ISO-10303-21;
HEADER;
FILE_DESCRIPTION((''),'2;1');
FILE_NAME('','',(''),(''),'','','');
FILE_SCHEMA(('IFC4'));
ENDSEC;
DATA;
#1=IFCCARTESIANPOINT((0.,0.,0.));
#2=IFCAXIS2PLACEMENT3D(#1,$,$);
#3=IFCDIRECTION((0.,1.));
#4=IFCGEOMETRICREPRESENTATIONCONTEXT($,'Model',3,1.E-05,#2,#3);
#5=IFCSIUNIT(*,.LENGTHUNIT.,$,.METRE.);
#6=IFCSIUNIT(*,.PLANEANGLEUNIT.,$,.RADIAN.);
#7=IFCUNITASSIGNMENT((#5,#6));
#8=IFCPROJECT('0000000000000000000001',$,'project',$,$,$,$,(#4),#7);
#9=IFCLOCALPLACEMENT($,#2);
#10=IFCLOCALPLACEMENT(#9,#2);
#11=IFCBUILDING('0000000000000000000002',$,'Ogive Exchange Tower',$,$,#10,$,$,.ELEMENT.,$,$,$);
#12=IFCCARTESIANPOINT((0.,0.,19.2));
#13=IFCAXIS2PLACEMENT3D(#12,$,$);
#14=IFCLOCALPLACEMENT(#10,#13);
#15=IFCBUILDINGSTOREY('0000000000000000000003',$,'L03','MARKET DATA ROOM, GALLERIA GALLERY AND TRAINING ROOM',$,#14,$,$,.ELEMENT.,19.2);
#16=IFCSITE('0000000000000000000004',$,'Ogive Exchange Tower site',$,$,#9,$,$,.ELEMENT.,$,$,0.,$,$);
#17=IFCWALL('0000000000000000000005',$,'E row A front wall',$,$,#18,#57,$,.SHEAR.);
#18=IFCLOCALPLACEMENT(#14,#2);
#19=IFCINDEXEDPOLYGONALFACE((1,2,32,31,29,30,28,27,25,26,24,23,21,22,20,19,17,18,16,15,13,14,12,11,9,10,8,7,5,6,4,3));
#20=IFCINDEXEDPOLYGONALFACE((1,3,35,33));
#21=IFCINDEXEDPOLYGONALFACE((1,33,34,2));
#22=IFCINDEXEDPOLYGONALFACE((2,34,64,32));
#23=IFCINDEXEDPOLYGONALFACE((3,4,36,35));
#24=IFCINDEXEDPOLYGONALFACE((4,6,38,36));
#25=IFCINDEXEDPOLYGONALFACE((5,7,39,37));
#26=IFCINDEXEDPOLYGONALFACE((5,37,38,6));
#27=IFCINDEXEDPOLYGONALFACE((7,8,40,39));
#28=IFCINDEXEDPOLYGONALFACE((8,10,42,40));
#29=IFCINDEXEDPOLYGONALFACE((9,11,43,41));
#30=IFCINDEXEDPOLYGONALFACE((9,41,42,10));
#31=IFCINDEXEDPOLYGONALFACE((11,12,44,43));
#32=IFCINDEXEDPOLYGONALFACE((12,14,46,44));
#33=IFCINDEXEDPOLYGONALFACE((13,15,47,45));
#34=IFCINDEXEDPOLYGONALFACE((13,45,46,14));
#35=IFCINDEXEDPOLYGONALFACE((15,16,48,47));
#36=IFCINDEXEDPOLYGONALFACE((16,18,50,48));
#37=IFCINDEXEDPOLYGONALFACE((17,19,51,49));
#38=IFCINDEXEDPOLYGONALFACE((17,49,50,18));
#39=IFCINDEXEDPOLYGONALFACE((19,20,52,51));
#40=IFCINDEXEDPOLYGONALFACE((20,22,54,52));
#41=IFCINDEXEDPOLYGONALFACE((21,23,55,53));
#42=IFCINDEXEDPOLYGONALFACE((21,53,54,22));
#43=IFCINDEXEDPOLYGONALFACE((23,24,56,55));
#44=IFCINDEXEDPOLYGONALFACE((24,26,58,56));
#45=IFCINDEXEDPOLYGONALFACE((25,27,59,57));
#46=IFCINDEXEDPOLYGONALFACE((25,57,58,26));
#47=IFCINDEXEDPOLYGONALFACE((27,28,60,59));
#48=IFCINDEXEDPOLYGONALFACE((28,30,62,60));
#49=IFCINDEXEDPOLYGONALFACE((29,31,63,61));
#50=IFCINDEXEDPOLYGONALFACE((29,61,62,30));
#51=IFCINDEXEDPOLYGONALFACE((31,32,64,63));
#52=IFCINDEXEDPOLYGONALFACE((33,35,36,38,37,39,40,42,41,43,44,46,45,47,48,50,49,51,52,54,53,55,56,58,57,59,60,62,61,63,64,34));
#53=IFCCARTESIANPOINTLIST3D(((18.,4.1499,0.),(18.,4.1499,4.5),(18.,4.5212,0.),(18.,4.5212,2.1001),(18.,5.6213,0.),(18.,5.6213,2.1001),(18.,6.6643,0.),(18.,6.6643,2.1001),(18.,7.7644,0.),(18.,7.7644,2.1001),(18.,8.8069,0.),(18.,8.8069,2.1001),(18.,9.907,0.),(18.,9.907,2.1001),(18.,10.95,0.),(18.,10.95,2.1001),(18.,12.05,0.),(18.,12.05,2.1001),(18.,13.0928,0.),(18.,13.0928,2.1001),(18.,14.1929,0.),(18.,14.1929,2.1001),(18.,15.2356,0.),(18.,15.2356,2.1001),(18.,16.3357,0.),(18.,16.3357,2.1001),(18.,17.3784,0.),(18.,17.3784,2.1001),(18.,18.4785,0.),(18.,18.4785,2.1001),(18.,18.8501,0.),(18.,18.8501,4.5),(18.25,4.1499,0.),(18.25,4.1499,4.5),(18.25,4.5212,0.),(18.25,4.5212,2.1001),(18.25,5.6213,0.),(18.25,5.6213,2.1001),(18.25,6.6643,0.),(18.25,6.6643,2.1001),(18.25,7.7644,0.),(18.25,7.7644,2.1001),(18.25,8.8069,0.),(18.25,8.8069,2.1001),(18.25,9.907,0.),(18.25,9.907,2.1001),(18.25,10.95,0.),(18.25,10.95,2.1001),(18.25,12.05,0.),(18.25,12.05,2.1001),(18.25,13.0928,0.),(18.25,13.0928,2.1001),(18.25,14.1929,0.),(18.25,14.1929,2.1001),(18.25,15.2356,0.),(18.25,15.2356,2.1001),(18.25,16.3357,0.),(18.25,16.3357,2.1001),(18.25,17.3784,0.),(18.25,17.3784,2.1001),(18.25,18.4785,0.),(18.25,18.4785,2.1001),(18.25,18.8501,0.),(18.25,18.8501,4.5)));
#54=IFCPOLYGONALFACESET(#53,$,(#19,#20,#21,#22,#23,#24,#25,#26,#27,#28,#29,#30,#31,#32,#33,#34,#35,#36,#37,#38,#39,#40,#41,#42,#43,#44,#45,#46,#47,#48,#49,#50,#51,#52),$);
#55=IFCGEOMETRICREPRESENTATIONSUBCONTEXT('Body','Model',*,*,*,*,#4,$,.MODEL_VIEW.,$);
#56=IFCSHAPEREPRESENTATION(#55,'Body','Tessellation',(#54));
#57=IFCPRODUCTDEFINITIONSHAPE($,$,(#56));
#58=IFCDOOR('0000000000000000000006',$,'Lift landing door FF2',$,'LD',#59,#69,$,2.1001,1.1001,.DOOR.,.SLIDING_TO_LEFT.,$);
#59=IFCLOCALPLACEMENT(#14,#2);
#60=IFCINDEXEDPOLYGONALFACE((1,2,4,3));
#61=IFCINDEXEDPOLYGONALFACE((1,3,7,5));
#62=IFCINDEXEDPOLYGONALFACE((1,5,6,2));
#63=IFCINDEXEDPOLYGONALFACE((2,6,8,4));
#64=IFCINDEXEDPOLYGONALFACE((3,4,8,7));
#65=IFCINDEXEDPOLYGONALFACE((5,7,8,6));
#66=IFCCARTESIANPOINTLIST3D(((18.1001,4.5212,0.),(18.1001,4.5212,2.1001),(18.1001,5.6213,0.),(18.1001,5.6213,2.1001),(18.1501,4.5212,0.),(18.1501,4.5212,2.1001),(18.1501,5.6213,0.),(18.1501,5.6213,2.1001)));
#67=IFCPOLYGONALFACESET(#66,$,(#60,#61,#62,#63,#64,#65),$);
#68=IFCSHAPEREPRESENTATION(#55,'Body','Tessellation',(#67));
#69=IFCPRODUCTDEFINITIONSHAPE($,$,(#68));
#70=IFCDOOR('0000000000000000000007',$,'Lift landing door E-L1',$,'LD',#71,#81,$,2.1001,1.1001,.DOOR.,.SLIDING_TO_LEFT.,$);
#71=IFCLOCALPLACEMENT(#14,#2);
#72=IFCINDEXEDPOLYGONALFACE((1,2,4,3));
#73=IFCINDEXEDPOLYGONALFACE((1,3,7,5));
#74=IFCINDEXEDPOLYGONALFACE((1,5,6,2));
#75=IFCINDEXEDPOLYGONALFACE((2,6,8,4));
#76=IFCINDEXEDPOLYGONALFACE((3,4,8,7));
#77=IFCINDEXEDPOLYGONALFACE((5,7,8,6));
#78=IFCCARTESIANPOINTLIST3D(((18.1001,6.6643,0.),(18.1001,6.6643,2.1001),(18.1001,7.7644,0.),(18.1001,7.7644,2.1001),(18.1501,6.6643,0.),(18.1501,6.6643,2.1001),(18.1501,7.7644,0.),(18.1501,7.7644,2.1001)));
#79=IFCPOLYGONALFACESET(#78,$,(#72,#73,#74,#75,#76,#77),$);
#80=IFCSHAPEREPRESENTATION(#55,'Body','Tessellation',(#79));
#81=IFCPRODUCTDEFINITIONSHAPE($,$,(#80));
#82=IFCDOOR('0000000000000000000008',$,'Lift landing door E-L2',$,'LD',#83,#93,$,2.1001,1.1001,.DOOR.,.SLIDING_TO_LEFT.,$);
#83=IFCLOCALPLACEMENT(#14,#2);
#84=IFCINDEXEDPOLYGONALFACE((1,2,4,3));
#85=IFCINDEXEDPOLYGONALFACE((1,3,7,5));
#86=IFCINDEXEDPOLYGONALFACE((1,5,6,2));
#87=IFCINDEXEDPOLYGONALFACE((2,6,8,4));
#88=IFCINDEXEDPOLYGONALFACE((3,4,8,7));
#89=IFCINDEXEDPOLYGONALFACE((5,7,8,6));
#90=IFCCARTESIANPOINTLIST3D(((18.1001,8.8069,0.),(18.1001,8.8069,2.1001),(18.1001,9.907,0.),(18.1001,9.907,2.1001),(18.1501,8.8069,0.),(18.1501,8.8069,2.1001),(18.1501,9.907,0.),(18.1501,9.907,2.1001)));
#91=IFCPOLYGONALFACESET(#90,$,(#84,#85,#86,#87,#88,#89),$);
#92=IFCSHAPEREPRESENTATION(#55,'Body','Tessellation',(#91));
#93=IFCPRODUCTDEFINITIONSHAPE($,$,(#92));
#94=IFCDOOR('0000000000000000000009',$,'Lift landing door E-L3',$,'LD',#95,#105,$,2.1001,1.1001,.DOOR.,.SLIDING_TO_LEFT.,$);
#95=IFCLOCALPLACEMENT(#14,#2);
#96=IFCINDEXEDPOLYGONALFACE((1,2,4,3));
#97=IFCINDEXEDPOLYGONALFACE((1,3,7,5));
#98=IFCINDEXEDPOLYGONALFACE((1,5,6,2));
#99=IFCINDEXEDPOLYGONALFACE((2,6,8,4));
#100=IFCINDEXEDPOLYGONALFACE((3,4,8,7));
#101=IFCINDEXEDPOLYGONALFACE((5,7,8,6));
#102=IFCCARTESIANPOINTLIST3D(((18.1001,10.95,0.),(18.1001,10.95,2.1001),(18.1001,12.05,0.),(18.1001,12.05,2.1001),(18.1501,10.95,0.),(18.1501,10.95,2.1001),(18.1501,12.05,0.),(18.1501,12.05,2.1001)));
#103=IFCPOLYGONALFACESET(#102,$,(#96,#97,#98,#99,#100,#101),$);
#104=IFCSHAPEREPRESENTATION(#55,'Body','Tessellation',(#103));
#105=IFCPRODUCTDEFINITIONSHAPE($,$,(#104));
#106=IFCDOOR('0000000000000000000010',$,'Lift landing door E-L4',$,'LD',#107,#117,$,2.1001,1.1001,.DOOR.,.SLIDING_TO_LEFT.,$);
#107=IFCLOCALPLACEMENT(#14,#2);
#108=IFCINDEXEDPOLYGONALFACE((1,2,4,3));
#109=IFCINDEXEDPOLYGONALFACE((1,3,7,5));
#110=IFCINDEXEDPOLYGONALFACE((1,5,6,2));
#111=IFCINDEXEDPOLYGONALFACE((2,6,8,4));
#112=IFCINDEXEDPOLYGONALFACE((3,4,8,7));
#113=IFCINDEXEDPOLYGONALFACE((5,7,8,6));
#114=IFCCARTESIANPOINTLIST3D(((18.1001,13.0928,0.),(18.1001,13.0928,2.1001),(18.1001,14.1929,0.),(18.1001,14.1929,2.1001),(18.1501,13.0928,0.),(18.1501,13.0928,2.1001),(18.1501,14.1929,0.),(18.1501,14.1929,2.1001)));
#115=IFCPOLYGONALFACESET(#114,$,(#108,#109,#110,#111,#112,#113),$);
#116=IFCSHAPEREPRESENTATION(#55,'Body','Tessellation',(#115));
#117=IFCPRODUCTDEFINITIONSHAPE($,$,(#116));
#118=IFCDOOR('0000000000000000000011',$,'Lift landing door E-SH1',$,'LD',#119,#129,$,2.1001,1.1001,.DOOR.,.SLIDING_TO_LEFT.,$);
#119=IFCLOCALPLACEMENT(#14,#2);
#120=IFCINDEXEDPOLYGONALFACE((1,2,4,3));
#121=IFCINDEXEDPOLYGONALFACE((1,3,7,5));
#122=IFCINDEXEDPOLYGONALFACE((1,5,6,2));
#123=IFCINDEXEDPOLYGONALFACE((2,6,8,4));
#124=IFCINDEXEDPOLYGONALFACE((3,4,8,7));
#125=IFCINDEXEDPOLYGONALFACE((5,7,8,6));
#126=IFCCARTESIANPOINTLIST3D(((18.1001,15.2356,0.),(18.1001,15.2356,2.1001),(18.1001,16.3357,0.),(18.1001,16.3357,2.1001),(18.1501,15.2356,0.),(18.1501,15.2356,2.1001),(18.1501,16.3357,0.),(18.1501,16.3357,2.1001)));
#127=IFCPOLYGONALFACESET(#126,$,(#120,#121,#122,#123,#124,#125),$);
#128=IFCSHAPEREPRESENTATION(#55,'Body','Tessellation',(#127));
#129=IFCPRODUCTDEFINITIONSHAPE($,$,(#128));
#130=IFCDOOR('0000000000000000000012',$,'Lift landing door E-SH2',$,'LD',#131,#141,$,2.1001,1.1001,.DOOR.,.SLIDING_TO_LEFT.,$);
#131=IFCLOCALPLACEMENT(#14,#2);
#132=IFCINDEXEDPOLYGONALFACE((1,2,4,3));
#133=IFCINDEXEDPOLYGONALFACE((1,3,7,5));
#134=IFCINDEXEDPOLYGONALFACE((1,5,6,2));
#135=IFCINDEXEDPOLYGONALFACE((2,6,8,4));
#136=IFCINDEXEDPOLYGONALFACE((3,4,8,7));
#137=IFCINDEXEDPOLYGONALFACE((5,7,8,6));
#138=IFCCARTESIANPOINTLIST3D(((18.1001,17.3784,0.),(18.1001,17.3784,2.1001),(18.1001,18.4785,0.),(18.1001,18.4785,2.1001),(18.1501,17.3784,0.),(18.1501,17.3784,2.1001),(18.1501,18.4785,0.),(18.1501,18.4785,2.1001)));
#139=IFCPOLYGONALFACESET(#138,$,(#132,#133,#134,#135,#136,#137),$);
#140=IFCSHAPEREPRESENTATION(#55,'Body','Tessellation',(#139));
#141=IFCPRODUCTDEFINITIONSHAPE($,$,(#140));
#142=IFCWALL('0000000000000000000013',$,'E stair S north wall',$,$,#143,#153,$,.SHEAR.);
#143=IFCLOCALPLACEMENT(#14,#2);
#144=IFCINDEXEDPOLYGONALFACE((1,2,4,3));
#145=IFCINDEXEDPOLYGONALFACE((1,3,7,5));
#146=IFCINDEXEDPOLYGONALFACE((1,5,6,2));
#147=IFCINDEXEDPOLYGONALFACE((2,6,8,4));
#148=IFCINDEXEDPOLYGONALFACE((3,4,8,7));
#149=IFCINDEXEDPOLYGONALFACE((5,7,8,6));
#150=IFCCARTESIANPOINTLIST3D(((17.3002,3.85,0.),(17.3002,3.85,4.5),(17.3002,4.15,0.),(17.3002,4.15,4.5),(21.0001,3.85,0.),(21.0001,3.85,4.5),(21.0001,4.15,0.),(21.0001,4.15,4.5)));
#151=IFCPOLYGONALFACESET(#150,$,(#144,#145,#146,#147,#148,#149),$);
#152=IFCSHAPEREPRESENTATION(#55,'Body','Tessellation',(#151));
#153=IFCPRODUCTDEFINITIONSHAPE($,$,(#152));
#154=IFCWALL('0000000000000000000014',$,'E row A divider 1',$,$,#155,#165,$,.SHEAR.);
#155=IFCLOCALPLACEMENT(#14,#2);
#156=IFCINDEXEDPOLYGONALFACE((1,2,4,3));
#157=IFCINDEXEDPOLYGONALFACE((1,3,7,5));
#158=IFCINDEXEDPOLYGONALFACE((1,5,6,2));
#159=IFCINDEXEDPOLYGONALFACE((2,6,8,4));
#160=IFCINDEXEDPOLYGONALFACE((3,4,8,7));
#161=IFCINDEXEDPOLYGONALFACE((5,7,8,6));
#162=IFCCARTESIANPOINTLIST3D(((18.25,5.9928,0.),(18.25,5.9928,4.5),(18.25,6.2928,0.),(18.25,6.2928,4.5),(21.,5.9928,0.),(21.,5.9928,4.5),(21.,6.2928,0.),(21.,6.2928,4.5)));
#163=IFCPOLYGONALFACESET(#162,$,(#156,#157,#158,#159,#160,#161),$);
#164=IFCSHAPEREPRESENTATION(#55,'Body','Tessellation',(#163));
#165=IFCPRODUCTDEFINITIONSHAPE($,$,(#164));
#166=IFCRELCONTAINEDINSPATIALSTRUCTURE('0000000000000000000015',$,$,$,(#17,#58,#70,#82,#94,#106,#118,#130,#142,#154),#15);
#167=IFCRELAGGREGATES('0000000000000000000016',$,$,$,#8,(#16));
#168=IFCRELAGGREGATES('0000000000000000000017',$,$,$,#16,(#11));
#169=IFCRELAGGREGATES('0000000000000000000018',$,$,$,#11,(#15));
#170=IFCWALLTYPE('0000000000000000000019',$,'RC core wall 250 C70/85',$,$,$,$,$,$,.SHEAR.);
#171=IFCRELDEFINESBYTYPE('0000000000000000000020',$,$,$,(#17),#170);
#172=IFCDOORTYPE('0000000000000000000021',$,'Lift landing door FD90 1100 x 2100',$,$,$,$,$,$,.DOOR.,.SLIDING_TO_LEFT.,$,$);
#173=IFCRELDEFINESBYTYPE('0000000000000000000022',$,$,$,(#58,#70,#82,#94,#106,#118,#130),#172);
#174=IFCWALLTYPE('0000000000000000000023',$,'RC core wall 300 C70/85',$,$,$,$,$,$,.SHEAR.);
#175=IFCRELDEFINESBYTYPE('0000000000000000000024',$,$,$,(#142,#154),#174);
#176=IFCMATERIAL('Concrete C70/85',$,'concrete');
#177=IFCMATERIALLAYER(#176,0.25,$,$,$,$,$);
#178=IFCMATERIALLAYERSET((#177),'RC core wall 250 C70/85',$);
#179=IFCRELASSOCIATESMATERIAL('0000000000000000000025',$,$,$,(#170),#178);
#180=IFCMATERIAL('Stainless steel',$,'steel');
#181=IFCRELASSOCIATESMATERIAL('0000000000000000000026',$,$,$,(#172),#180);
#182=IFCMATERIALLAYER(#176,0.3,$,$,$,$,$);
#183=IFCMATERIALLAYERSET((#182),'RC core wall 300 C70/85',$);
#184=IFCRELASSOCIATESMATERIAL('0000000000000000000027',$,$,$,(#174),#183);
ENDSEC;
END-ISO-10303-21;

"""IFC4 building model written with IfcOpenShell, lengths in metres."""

from ifc_helpers import new_model, si_unit, direction, frame, frame_2d, origin, place, context, subcontext, project, spatial, rectangle, extrude, material, layer, layer_set, type_object, element, fill, save


model = new_model("IFC4")

# Units and contexts
model_context = context("Model", 3, precision=1e-05, world=origin(), true_north=direction((0.0, 1.0)))
body_context = subcontext(model_context, "Body", "Model", "MODEL_VIEW")
ifc_project = project(units=[si_unit("LENGTHUNIT", "METRE"), si_unit("PLANEANGLEUNIT", "RADIAN")], contexts=[model_context])

# Site, building, storey
site_placement = place(None, origin())
site = spatial("IfcSite", under=ifc_project, at=site_placement, Name="Ogive Exchange Tower site", CompositionType="ELEMENT", RefElevation=0.0)
building_placement = place(site_placement, origin())
building = spatial("IfcBuilding", under=site, at=building_placement, Name="Ogive Exchange Tower", CompositionType="ELEMENT")
storey_placement = place(building_placement, frame((0.0, 0.0, 19.2)))
storey = spatial("IfcBuildingStorey", under=building, at=storey_placement, Name="L03", Description="MARKET DATA ROOM, GALLERIA GALLERY AND TRAINING ROOM", CompositionType="ELEMENT", Elevation=19.2)

# Shared definitions
ifc_material_1 = material(Name="Concrete C70/85", Category="concrete")

# Wall, openings, doors
ifc_layer_1 = layer(ifc_material_1, 0.25)
ifc_layer_set_1 = layer_set([ifc_layer_1], Name="RC core wall 250 C70/85")
wall_type_1 = type_object("IfcWallType", Name="RC core wall 250 C70/85", PredefinedType="SHEAR", material=ifc_layer_set_1)
wall_1_placement = place(storey_placement, frame((18.125, 4.1499, 0.0), z_axis=(0.0, 0.0, 1.0), x_axis=(0.0, 1.0, 0.0)))
wall_1 = element("IfcWall", 1, at=wall_1_placement, inside=storey, type_object=wall_type_1, Name="E row A front wall", PredefinedType="SHEAR", context=body_context, shape_type="SweptSolid", body=[
    extrude(rectangle(XDim=14.7002, YDim=0.25, at=frame_2d((7.3501, 0.0))), origin(), (0.0, 0.0, 1.0), 4.5),
])
opening_1_placement = place(wall_1_placement, frame((0.3713, 0.0, 0.0)))
opening_1 = element("IfcOpeningElement", 2, at=opening_1_placement, cuts=wall_1, PredefinedType="OPENING", context=body_context, shape_type="SweptSolid", body=[
    extrude(rectangle(XDim=1.1001, YDim=2.1001, at=frame_2d((0.55, 1.05))), frame((0.0, 0.135, 0.0), z_axis=(0.0, -1.0, 0.0), x_axis=(1.0, 0.0, 0.0)), (0.0, 0.0, 1.0), 0.27),
])
opening_2_placement = place(wall_1_placement, frame((2.5144, 0.0, 0.0)))
opening_2 = element("IfcOpeningElement", 3, at=opening_2_placement, cuts=wall_1, PredefinedType="OPENING", context=body_context, shape_type="SweptSolid", body=[
    extrude(rectangle(XDim=1.1001, YDim=2.1001, at=frame_2d((0.55, 1.05))), frame((0.0, 0.135, 0.0), z_axis=(0.0, -1.0, 0.0), x_axis=(1.0, 0.0, 0.0)), (0.0, 0.0, 1.0), 0.27),
])
opening_3_placement = place(wall_1_placement, frame((4.657, 0.0, 0.0)))
opening_3 = element("IfcOpeningElement", 4, at=opening_3_placement, cuts=wall_1, PredefinedType="OPENING", context=body_context, shape_type="SweptSolid", body=[
    extrude(rectangle(XDim=1.1001, YDim=2.1001, at=frame_2d((0.55, 1.05))), frame((0.0, 0.135, 0.0), z_axis=(0.0, -1.0, 0.0), x_axis=(1.0, 0.0, 0.0)), (0.0, 0.0, 1.0), 0.27),
])
opening_4_placement = place(wall_1_placement, frame((6.8, 0.0, 0.0)))
opening_4 = element("IfcOpeningElement", 5, at=opening_4_placement, cuts=wall_1, PredefinedType="OPENING", context=body_context, shape_type="SweptSolid", body=[
    extrude(rectangle(XDim=1.1001, YDim=2.1001, at=frame_2d((0.55, 1.05))), frame((0.0, 0.135, 0.0), z_axis=(0.0, -1.0, 0.0), x_axis=(1.0, 0.0, 0.0)), (0.0, 0.0, 1.0), 0.27),
])
opening_5_placement = place(wall_1_placement, frame((8.9429, 0.0, 0.0)))
opening_5 = element("IfcOpeningElement", 6, at=opening_5_placement, cuts=wall_1, PredefinedType="OPENING", context=body_context, shape_type="SweptSolid", body=[
    extrude(rectangle(XDim=1.1001, YDim=2.1001, at=frame_2d((0.55, 1.05))), frame((0.0, 0.135, 0.0), z_axis=(0.0, -1.0, 0.0), x_axis=(1.0, 0.0, 0.0)), (0.0, 0.0, 1.0), 0.27),
])
opening_6_placement = place(wall_1_placement, frame((11.0857, 0.0, 0.0)))
opening_6 = element("IfcOpeningElement", 7, at=opening_6_placement, cuts=wall_1, PredefinedType="OPENING", context=body_context, shape_type="SweptSolid", body=[
    extrude(rectangle(XDim=1.1001, YDim=2.1001, at=frame_2d((0.55, 1.05))), frame((0.0, 0.135, 0.0), z_axis=(0.0, -1.0, 0.0), x_axis=(1.0, 0.0, 0.0)), (0.0, 0.0, 1.0), 0.27),
])
opening_7_placement = place(wall_1_placement, frame((13.2285, 0.0, 0.0)))
opening_7 = element("IfcOpeningElement", 8, at=opening_7_placement, cuts=wall_1, PredefinedType="OPENING", context=body_context, shape_type="SweptSolid", body=[
    extrude(rectangle(XDim=1.1001, YDim=2.1001, at=frame_2d((0.55, 1.05))), frame((0.0, 0.135, 0.0), z_axis=(0.0, -1.0, 0.0), x_axis=(1.0, 0.0, 0.0)), (0.0, 0.0, 1.0), 0.27),
])
ifc_material_2 = material(Name="Stainless steel", Category="steel")
door_type_1 = type_object("IfcDoorType", Name="Lift landing door FD90 1100 x 2100", OperationType="SLIDING_TO_LEFT", PredefinedType="DOOR", material=ifc_material_2)
door_1_placement = place(opening_1_placement, origin())
door_1 = element("IfcDoor", 9, at=door_1_placement, inside=storey, type_object=door_type_1, Name="Lift landing door FF2", ObjectType="LD", OperationType="SLIDING_TO_LEFT", OverallHeight=2.1001, OverallWidth=1.1001, PredefinedType="DOOR", context=body_context, shape_type="SweptSolid", body=[
    extrude(rectangle(XDim=1.1001, YDim=2.1001, at=frame_2d((0.55, 1.05))), frame((0.0, 0.0249, 0.0), z_axis=(0.0, -1.0, 0.0), x_axis=(1.0, 0.0, 0.0)), (0.0, 0.0, 1.0), 0.05),
])
fill(opening_1, door_1)
door_2_placement = place(opening_2_placement, origin())
door_2 = element("IfcDoor", 10, at=door_2_placement, inside=storey, type_object=door_type_1, Name="Lift landing door E-L1", ObjectType="LD", OperationType="SLIDING_TO_LEFT", OverallHeight=2.1001, OverallWidth=1.1001, PredefinedType="DOOR", context=body_context, shape_type="SweptSolid", body=[
    extrude(rectangle(XDim=1.1001, YDim=2.1001, at=frame_2d((0.55, 1.05))), frame((0.0, 0.0249, 0.0), z_axis=(0.0, -1.0, 0.0), x_axis=(1.0, 0.0, 0.0)), (0.0, 0.0, 1.0), 0.05),
])
fill(opening_2, door_2)
door_3_placement = place(opening_3_placement, origin())
door_3 = element("IfcDoor", 11, at=door_3_placement, inside=storey, type_object=door_type_1, Name="Lift landing door E-L2", ObjectType="LD", OperationType="SLIDING_TO_LEFT", OverallHeight=2.1001, OverallWidth=1.1001, PredefinedType="DOOR", context=body_context, shape_type="SweptSolid", body=[
    extrude(rectangle(XDim=1.1001, YDim=2.1001, at=frame_2d((0.55, 1.05))), frame((0.0, 0.0249, 0.0), z_axis=(0.0, -1.0, 0.0), x_axis=(1.0, 0.0, 0.0)), (0.0, 0.0, 1.0), 0.05),
])
fill(opening_3, door_3)
door_4_placement = place(opening_4_placement, origin())
door_4 = element("IfcDoor", 12, at=door_4_placement, inside=storey, type_object=door_type_1, Name="Lift landing door E-L3", ObjectType="LD", OperationType="SLIDING_TO_LEFT", OverallHeight=2.1001, OverallWidth=1.1001, PredefinedType="DOOR", context=body_context, shape_type="SweptSolid", body=[
    extrude(rectangle(XDim=1.1001, YDim=2.1001, at=frame_2d((0.55, 1.05))), frame((0.0, 0.0249, 0.0), z_axis=(0.0, -1.0, 0.0), x_axis=(1.0, 0.0, 0.0)), (0.0, 0.0, 1.0), 0.05),
])
fill(opening_4, door_4)
door_5_placement = place(opening_5_placement, origin())
door_5 = element("IfcDoor", 13, at=door_5_placement, inside=storey, type_object=door_type_1, Name="Lift landing door E-L4", ObjectType="LD", OperationType="SLIDING_TO_LEFT", OverallHeight=2.1001, OverallWidth=1.1001, PredefinedType="DOOR", context=body_context, shape_type="SweptSolid", body=[
    extrude(rectangle(XDim=1.1001, YDim=2.1001, at=frame_2d((0.55, 1.05))), frame((0.0, 0.0249, 0.0), z_axis=(0.0, -1.0, 0.0), x_axis=(1.0, 0.0, 0.0)), (0.0, 0.0, 1.0), 0.05),
])
fill(opening_5, door_5)
door_6_placement = place(opening_6_placement, origin())
door_6 = element("IfcDoor", 14, at=door_6_placement, inside=storey, type_object=door_type_1, Name="Lift landing door E-SH1", ObjectType="LD", OperationType="SLIDING_TO_LEFT", OverallHeight=2.1001, OverallWidth=1.1001, PredefinedType="DOOR", context=body_context, shape_type="SweptSolid", body=[
    extrude(rectangle(XDim=1.1001, YDim=2.1001, at=frame_2d((0.55, 1.05))), frame((0.0, 0.0249, 0.0), z_axis=(0.0, -1.0, 0.0), x_axis=(1.0, 0.0, 0.0)), (0.0, 0.0, 1.0), 0.05),
])
fill(opening_6, door_6)
door_7_placement = place(opening_7_placement, origin())
door_7 = element("IfcDoor", 15, at=door_7_placement, inside=storey, type_object=door_type_1, Name="Lift landing door E-SH2", ObjectType="LD", OperationType="SLIDING_TO_LEFT", OverallHeight=2.1001, OverallWidth=1.1001, PredefinedType="DOOR", context=body_context, shape_type="SweptSolid", body=[
    extrude(rectangle(XDim=1.1001, YDim=2.1001, at=frame_2d((0.55, 1.05))), frame((0.0, 0.0249, 0.0), z_axis=(0.0, -1.0, 0.0), x_axis=(1.0, 0.0, 0.0)), (0.0, 0.0, 1.0), 0.05),
])
fill(opening_7, door_7)

# Walls
ifc_layer_2 = layer(ifc_material_1, 0.3)
ifc_layer_set_2 = layer_set([ifc_layer_2], Name="RC core wall 300 C70/85")
wall_type_2 = type_object("IfcWallType", Name="RC core wall 300 C70/85", PredefinedType="SHEAR", material=ifc_layer_set_2)
wall_2_placement = place(storey_placement, frame((17.3, 4.0, 0.0), z_axis=(0.0, 0.0, 1.0), x_axis=(1.0, 0.0, 0.0)))
element("IfcWall", 16, at=wall_2_placement, inside=storey, type_object=wall_type_2, Name="E stair S north wall", PredefinedType="SHEAR", context=body_context, shape_type="SweptSolid", body=[
    extrude(rectangle(XDim=3.7, YDim=0.3, at=frame_2d((1.8501, 0.0))), origin(), (0.0, 0.0, 1.0), 4.5),
])
for number, where, z_axis, x_axis, name in (
    (17, (18.25, 6.1428, 0.0), (0.0, 0.0, 1.0), (1.0, 0.0, 0.0), "E row A divider 1"),
):
    element("IfcWall", number, at=place(storey_placement, frame(where, z_axis=z_axis, x_axis=x_axis)), inside=storey, type_object=wall_type_2, Name=name, PredefinedType="SHEAR", context=body_context, shape_type="SweptSolid", body=[
        extrude(rectangle(XDim=2.75, YDim=0.3, at=frame_2d((1.375, 0.0))), origin(), (0.0, 0.0, 1.0), 4.5),
    ])

save(model, "model.ifc")
